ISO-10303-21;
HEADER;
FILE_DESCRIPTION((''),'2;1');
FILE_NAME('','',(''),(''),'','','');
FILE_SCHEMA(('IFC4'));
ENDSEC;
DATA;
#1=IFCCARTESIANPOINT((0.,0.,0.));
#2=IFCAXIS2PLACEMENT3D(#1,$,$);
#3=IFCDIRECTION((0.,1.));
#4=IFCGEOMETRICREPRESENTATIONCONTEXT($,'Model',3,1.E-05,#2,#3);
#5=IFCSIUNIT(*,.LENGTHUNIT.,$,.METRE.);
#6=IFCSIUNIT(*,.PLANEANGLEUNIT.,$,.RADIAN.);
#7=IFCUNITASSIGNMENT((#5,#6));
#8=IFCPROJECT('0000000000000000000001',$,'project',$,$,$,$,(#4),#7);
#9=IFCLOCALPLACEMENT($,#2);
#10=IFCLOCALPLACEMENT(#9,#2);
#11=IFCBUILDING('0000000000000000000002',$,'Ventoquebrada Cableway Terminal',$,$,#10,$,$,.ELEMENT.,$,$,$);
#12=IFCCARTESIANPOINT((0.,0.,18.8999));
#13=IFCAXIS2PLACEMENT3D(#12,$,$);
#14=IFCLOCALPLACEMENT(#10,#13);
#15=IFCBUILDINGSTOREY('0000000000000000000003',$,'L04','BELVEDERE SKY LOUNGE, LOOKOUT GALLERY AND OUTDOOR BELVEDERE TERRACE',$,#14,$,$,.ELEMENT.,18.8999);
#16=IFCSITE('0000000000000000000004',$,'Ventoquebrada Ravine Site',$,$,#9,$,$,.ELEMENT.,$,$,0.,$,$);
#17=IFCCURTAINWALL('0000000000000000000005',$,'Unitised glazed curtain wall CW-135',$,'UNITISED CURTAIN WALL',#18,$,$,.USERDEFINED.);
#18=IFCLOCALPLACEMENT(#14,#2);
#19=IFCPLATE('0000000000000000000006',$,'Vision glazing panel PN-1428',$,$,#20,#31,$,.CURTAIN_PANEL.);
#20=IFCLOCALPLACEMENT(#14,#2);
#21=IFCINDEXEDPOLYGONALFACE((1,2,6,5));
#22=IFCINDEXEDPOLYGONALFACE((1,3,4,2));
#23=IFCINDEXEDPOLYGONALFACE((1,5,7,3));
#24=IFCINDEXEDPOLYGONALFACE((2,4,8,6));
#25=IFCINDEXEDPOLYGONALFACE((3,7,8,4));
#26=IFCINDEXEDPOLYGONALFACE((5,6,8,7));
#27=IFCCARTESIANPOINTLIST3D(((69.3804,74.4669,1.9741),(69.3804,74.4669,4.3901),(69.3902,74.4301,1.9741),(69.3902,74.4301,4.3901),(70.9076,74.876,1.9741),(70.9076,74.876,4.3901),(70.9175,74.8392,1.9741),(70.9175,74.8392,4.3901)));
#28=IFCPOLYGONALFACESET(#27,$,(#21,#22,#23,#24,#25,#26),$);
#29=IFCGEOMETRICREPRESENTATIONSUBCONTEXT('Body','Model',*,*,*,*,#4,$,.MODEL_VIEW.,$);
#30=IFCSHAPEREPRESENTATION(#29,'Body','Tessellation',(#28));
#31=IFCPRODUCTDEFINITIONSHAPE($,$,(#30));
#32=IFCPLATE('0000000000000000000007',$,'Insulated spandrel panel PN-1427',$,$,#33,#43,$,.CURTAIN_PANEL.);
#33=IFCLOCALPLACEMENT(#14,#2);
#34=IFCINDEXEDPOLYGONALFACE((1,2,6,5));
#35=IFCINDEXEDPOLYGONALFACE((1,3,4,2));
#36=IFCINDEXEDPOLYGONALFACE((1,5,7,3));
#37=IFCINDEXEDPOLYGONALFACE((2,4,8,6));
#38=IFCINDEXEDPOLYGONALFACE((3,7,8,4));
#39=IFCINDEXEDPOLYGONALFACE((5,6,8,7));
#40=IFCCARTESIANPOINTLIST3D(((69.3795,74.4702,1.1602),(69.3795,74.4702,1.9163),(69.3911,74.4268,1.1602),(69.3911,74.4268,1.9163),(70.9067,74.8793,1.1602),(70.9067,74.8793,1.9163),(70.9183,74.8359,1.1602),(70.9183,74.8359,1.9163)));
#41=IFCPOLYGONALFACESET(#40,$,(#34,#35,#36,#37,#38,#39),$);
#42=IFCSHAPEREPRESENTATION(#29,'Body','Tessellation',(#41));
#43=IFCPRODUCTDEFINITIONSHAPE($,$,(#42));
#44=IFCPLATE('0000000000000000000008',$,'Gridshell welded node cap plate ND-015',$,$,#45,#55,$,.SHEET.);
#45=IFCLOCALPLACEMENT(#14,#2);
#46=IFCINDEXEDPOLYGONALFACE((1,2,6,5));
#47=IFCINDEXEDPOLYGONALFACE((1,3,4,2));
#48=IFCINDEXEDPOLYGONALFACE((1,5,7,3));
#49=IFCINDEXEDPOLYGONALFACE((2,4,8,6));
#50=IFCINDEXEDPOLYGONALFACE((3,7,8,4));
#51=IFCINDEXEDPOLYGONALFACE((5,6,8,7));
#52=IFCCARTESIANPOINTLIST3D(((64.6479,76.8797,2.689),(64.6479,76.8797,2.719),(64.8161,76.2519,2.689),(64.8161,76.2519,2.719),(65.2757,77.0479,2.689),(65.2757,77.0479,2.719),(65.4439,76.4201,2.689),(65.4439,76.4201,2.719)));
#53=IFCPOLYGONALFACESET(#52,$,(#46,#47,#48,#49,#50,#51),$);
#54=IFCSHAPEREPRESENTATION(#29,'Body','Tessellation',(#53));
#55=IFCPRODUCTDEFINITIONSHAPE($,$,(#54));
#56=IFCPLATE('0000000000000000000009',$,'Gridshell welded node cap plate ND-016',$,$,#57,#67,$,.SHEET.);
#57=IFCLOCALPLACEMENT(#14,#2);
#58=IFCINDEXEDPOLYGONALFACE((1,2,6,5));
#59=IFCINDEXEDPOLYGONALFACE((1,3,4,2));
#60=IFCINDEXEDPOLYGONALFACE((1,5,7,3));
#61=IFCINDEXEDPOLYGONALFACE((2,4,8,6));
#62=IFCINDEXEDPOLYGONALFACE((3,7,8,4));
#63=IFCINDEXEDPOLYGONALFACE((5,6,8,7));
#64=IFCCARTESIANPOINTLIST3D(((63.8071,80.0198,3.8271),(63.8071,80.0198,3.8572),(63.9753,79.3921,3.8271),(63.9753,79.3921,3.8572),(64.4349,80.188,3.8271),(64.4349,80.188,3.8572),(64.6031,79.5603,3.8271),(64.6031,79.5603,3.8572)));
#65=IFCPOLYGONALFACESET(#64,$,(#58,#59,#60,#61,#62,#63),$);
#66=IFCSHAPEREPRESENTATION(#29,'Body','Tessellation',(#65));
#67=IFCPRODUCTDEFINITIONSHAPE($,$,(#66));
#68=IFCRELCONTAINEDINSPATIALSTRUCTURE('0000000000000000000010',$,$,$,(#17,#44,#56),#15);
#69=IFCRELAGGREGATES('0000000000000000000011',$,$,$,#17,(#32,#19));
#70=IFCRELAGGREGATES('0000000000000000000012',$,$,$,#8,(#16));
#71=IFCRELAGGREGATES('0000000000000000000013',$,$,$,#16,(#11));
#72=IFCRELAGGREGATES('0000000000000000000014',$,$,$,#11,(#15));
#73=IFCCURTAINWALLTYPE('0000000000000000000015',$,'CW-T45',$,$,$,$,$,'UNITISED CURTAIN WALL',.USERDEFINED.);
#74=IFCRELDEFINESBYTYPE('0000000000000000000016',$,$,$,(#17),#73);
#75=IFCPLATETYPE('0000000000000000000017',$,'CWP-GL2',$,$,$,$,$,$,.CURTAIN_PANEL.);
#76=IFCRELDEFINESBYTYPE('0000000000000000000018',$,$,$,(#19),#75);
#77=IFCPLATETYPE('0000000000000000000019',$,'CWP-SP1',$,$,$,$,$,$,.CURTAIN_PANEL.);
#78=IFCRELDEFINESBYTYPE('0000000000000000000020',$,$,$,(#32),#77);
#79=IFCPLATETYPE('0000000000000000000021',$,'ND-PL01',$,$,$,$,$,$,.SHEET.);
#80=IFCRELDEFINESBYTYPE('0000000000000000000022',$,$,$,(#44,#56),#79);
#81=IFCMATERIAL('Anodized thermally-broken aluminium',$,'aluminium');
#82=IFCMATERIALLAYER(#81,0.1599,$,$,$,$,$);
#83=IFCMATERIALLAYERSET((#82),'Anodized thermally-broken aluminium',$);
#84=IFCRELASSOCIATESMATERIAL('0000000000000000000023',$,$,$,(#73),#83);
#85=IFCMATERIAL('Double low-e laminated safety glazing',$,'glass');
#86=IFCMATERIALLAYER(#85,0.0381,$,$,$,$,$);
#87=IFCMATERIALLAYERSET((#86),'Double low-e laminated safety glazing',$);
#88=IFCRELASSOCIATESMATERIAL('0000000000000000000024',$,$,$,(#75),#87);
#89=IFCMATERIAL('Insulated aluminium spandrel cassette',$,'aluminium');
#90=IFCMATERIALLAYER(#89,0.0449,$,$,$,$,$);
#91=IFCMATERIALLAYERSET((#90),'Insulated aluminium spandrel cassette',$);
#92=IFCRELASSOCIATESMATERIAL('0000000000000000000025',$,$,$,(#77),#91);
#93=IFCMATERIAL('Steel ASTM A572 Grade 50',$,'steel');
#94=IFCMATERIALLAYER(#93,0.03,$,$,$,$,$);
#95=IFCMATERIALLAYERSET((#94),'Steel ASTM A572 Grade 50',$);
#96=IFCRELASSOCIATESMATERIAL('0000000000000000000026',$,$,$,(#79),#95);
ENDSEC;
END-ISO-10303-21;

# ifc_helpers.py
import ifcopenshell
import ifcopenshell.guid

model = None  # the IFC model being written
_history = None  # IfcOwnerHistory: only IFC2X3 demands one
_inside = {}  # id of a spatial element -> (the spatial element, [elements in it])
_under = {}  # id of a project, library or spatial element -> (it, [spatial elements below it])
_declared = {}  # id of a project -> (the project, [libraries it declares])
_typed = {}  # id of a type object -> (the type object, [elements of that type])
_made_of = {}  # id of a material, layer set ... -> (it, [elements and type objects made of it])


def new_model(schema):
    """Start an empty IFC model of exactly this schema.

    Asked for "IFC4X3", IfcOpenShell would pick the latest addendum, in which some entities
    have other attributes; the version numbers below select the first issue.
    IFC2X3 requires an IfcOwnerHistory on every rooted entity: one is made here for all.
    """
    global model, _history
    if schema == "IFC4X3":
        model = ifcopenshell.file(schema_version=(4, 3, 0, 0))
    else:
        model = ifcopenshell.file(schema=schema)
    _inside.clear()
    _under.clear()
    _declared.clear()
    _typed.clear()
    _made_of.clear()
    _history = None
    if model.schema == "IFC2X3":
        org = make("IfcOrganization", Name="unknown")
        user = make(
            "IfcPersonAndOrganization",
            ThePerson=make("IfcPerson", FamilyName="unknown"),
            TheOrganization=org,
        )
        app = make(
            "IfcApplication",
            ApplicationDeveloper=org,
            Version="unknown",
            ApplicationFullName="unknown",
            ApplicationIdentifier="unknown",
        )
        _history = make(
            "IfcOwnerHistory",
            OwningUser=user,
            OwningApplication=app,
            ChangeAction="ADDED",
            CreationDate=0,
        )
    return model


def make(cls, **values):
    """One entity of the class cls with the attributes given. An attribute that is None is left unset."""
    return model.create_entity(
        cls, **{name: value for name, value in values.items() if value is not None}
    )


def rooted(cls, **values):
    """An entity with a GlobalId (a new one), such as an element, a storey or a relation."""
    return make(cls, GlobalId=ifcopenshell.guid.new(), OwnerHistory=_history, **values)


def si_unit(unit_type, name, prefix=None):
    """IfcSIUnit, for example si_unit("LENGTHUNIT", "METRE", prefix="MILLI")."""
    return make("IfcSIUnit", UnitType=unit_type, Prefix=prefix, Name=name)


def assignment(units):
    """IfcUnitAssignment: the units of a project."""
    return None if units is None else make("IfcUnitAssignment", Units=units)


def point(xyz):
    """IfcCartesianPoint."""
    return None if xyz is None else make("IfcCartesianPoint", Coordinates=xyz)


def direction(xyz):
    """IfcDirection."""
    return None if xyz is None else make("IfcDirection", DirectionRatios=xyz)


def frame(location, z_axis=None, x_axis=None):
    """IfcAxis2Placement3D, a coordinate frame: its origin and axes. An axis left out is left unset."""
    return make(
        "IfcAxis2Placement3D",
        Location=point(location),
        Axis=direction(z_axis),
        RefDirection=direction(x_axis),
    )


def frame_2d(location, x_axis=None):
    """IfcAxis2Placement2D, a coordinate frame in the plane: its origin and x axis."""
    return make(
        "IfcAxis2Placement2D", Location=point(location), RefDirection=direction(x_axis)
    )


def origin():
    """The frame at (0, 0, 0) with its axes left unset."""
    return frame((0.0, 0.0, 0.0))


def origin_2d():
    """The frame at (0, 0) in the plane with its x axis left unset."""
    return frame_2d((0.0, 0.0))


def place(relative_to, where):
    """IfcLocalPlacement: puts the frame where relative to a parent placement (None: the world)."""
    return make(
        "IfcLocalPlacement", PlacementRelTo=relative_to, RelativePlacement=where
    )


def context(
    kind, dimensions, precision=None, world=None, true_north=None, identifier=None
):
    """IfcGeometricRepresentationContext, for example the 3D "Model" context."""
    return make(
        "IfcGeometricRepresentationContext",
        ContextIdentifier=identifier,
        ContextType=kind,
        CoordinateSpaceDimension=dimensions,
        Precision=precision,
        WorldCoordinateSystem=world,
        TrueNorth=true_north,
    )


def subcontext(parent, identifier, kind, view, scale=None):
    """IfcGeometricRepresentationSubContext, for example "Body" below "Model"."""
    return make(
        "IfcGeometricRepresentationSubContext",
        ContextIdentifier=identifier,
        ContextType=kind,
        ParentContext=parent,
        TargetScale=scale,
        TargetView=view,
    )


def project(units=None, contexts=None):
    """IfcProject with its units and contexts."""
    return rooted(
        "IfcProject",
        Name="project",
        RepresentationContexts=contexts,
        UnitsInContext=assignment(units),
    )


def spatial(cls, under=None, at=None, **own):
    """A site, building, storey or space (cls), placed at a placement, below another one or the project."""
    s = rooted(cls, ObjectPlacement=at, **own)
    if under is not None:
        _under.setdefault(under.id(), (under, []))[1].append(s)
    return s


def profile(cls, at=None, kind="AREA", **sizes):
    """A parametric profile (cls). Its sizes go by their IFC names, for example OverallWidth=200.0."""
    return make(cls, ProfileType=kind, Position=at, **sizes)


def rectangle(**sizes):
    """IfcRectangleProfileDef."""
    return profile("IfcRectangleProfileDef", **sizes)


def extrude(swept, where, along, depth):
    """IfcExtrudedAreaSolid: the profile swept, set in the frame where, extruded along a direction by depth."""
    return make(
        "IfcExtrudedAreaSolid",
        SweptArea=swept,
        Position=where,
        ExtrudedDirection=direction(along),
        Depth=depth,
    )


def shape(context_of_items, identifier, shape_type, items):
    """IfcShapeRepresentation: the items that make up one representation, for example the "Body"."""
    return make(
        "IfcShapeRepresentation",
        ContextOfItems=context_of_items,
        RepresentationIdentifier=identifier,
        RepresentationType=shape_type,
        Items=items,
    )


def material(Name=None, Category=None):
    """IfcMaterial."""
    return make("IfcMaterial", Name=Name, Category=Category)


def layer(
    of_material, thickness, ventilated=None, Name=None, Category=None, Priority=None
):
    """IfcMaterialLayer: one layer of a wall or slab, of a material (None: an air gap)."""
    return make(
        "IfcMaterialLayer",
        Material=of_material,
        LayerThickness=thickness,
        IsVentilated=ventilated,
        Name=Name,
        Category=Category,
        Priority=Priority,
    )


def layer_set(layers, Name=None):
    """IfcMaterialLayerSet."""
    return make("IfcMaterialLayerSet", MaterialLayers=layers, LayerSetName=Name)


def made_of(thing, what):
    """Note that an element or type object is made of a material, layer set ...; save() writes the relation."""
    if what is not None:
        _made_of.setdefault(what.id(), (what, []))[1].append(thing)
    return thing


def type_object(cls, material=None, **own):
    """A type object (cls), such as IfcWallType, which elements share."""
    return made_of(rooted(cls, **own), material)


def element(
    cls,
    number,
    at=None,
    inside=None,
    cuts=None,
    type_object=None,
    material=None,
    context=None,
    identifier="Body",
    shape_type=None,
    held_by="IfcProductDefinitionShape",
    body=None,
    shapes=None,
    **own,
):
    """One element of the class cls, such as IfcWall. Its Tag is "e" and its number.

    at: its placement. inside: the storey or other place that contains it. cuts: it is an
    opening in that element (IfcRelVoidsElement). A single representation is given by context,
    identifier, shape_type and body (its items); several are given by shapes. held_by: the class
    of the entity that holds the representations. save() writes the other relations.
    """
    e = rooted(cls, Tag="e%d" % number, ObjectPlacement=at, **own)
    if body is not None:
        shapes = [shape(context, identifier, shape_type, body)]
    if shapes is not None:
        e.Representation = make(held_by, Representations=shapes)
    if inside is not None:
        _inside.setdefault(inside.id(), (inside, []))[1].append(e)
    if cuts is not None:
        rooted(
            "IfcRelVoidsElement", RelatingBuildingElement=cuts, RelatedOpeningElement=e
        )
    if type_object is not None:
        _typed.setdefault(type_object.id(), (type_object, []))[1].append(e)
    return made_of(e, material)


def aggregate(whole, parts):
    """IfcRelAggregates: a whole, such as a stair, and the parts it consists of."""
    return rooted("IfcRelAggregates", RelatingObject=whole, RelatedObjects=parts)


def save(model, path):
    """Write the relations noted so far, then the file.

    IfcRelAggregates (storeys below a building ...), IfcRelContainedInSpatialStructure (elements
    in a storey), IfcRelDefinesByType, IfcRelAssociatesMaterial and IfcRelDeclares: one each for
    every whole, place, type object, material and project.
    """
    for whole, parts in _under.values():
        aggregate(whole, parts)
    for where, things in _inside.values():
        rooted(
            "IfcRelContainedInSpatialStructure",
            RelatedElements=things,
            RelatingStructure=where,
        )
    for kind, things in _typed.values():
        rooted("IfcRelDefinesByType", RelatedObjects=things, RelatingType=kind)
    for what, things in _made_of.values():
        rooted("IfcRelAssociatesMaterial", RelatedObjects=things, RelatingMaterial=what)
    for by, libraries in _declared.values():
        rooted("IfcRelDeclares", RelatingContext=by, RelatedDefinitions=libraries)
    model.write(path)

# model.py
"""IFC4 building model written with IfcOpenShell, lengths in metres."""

from ifc_helpers import new_model, si_unit, direction, frame, origin, origin_2d, place, context, subcontext, project, spatial, rectangle, extrude, material, layer, layer_set, type_object, element, aggregate, save


model = new_model("IFC4")

# Units and contexts
model_context = context("Model", 3, precision=1e-05, world=origin(), true_north=direction((0.0, 1.0)))
body_context = subcontext(model_context, "Body", "Model", "MODEL_VIEW")
ifc_project = project(units=[si_unit("LENGTHUNIT", "METRE"), si_unit("PLANEANGLEUNIT", "RADIAN")], contexts=[model_context])

# Site, building, storey
site_placement = place(None, origin())
site = spatial("IfcSite", under=ifc_project, at=site_placement, Name="Ventoquebrada Ravine Site", CompositionType="ELEMENT", RefElevation=0.0)
building_placement = place(site_placement, origin())
building = spatial("IfcBuilding", under=site, at=building_placement, Name="Ventoquebrada Cableway Terminal", CompositionType="ELEMENT")
storey_placement = place(building_placement, frame((0.0, 0.0, 18.8999)))
storey = spatial("IfcBuildingStorey", under=building, at=storey_placement, Name="L04", Description="BELVEDERE SKY LOUNGE, LOOKOUT GALLERY AND OUTDOOR BELVEDERE TERRACE", CompositionType="ELEMENT", Elevation=18.8999)

# Curtain wall
ifc_material_1 = material(Name="Anodized thermally-broken aluminium", Category="aluminium")
ifc_layer_1 = layer(ifc_material_1, 0.1599)
ifc_layer_set_1 = layer_set([ifc_layer_1], Name="Anodized thermally-broken aluminium")
curtain_wall_type = type_object("IfcCurtainWallType", Name="CW-T45", ElementType="UNITISED CURTAIN WALL", PredefinedType="USERDEFINED", material=ifc_layer_set_1)
curtain_wall_placement = place(storey_placement, origin())
curtain_wall = element("IfcCurtainWall", 1, at=curtain_wall_placement, inside=storey, type_object=curtain_wall_type, Name="Unitised glazed curtain wall CW-135", ObjectType="UNITISED CURTAIN WALL", PredefinedType="USERDEFINED")

# Plates
ifc_material_2 = material(Name="Double low-e laminated safety glazing", Category="glass")
ifc_layer_2 = layer(ifc_material_2, 0.0381)
ifc_layer_set_2 = layer_set([ifc_layer_2], Name="Double low-e laminated safety glazing")
plate_type_1 = type_object("IfcPlateType", Name="CWP-GL2", PredefinedType="CURTAIN_PANEL", material=ifc_layer_set_2)
plate_1_placement = place(storey_placement, frame((70.1489, 74.6531, 1.9741), z_axis=(0.0, 0.0, 1.0), x_axis=(0.965944, 0.258752, 0.0)))
plate_1 = element("IfcPlate", 2, at=plate_1_placement, type_object=plate_type_1, Name="Vision glazing panel PN-1428", PredefinedType="CURTAIN_PANEL", context=body_context, shape_type="SweptSolid", body=[
    extrude(rectangle(XDim=1.5811, YDim=0.0381, at=origin_2d()), origin(), (0.0, 0.0, 1.0), 2.416),
])
ifc_material_3 = material(Name="Insulated aluminium spandrel cassette", Category="aluminium")
ifc_layer_3 = layer(ifc_material_3, 0.0449)
ifc_layer_set_3 = layer_set([ifc_layer_3], Name="Insulated aluminium spandrel cassette")
plate_type_2 = type_object("IfcPlateType", Name="CWP-SP1", PredefinedType="CURTAIN_PANEL", material=ifc_layer_set_3)
plate_2_placement = place(storey_placement, frame((70.1489, 74.6531, 1.1602), z_axis=(0.0, 0.0, 1.0), x_axis=(0.965944, 0.258752, 0.0)))
plate_2 = element("IfcPlate", 3, at=plate_2_placement, type_object=plate_type_2, Name="Insulated spandrel panel PN-1427", PredefinedType="CURTAIN_PANEL", context=body_context, shape_type="SweptSolid", body=[
    extrude(rectangle(XDim=1.5811, YDim=0.0449, at=origin_2d()), origin(), (0.0, 0.0, 1.0), 0.7561),
])
aggregate(curtain_wall, [plate_2, plate_1])

# Plates
ifc_material_4 = material(Name="Steel ASTM A572 Grade 50", Category="steel")
ifc_layer_4 = layer(ifc_material_4, 0.03)
ifc_layer_set_4 = layer_set([ifc_layer_4], Name="Steel ASTM A572 Grade 50")
plate_type_3 = type_object("IfcPlateType", Name="ND-PL01", PredefinedType="SHEET", material=ifc_layer_set_4)
for number, where, z_axis, x_axis, name in (
    (4, (65.0459, 76.6499, 2.689), (0.0, 0.0, 1.0), (0.965926, 0.258819, 0.0), "Gridshell welded node cap plate ND-015"),
    (5, (64.2051, 79.79, 3.8271), (0.0, 0.0, 1.0), (0.965926, 0.258819, 0.0), "Gridshell welded node cap plate ND-016"),
):
    element("IfcPlate", number, at=place(storey_placement, frame(where, z_axis=z_axis, x_axis=x_axis)), inside=storey, type_object=plate_type_3, Name=name, PredefinedType="SHEET", context=body_context, shape_type="SweptSolid", body=[
        extrude(rectangle(XDim=0.6499, YDim=0.6499, at=origin_2d()), origin(), (0.0, 0.0, 1.0), 0.03),
    ])

save(model, "model.ifc")
